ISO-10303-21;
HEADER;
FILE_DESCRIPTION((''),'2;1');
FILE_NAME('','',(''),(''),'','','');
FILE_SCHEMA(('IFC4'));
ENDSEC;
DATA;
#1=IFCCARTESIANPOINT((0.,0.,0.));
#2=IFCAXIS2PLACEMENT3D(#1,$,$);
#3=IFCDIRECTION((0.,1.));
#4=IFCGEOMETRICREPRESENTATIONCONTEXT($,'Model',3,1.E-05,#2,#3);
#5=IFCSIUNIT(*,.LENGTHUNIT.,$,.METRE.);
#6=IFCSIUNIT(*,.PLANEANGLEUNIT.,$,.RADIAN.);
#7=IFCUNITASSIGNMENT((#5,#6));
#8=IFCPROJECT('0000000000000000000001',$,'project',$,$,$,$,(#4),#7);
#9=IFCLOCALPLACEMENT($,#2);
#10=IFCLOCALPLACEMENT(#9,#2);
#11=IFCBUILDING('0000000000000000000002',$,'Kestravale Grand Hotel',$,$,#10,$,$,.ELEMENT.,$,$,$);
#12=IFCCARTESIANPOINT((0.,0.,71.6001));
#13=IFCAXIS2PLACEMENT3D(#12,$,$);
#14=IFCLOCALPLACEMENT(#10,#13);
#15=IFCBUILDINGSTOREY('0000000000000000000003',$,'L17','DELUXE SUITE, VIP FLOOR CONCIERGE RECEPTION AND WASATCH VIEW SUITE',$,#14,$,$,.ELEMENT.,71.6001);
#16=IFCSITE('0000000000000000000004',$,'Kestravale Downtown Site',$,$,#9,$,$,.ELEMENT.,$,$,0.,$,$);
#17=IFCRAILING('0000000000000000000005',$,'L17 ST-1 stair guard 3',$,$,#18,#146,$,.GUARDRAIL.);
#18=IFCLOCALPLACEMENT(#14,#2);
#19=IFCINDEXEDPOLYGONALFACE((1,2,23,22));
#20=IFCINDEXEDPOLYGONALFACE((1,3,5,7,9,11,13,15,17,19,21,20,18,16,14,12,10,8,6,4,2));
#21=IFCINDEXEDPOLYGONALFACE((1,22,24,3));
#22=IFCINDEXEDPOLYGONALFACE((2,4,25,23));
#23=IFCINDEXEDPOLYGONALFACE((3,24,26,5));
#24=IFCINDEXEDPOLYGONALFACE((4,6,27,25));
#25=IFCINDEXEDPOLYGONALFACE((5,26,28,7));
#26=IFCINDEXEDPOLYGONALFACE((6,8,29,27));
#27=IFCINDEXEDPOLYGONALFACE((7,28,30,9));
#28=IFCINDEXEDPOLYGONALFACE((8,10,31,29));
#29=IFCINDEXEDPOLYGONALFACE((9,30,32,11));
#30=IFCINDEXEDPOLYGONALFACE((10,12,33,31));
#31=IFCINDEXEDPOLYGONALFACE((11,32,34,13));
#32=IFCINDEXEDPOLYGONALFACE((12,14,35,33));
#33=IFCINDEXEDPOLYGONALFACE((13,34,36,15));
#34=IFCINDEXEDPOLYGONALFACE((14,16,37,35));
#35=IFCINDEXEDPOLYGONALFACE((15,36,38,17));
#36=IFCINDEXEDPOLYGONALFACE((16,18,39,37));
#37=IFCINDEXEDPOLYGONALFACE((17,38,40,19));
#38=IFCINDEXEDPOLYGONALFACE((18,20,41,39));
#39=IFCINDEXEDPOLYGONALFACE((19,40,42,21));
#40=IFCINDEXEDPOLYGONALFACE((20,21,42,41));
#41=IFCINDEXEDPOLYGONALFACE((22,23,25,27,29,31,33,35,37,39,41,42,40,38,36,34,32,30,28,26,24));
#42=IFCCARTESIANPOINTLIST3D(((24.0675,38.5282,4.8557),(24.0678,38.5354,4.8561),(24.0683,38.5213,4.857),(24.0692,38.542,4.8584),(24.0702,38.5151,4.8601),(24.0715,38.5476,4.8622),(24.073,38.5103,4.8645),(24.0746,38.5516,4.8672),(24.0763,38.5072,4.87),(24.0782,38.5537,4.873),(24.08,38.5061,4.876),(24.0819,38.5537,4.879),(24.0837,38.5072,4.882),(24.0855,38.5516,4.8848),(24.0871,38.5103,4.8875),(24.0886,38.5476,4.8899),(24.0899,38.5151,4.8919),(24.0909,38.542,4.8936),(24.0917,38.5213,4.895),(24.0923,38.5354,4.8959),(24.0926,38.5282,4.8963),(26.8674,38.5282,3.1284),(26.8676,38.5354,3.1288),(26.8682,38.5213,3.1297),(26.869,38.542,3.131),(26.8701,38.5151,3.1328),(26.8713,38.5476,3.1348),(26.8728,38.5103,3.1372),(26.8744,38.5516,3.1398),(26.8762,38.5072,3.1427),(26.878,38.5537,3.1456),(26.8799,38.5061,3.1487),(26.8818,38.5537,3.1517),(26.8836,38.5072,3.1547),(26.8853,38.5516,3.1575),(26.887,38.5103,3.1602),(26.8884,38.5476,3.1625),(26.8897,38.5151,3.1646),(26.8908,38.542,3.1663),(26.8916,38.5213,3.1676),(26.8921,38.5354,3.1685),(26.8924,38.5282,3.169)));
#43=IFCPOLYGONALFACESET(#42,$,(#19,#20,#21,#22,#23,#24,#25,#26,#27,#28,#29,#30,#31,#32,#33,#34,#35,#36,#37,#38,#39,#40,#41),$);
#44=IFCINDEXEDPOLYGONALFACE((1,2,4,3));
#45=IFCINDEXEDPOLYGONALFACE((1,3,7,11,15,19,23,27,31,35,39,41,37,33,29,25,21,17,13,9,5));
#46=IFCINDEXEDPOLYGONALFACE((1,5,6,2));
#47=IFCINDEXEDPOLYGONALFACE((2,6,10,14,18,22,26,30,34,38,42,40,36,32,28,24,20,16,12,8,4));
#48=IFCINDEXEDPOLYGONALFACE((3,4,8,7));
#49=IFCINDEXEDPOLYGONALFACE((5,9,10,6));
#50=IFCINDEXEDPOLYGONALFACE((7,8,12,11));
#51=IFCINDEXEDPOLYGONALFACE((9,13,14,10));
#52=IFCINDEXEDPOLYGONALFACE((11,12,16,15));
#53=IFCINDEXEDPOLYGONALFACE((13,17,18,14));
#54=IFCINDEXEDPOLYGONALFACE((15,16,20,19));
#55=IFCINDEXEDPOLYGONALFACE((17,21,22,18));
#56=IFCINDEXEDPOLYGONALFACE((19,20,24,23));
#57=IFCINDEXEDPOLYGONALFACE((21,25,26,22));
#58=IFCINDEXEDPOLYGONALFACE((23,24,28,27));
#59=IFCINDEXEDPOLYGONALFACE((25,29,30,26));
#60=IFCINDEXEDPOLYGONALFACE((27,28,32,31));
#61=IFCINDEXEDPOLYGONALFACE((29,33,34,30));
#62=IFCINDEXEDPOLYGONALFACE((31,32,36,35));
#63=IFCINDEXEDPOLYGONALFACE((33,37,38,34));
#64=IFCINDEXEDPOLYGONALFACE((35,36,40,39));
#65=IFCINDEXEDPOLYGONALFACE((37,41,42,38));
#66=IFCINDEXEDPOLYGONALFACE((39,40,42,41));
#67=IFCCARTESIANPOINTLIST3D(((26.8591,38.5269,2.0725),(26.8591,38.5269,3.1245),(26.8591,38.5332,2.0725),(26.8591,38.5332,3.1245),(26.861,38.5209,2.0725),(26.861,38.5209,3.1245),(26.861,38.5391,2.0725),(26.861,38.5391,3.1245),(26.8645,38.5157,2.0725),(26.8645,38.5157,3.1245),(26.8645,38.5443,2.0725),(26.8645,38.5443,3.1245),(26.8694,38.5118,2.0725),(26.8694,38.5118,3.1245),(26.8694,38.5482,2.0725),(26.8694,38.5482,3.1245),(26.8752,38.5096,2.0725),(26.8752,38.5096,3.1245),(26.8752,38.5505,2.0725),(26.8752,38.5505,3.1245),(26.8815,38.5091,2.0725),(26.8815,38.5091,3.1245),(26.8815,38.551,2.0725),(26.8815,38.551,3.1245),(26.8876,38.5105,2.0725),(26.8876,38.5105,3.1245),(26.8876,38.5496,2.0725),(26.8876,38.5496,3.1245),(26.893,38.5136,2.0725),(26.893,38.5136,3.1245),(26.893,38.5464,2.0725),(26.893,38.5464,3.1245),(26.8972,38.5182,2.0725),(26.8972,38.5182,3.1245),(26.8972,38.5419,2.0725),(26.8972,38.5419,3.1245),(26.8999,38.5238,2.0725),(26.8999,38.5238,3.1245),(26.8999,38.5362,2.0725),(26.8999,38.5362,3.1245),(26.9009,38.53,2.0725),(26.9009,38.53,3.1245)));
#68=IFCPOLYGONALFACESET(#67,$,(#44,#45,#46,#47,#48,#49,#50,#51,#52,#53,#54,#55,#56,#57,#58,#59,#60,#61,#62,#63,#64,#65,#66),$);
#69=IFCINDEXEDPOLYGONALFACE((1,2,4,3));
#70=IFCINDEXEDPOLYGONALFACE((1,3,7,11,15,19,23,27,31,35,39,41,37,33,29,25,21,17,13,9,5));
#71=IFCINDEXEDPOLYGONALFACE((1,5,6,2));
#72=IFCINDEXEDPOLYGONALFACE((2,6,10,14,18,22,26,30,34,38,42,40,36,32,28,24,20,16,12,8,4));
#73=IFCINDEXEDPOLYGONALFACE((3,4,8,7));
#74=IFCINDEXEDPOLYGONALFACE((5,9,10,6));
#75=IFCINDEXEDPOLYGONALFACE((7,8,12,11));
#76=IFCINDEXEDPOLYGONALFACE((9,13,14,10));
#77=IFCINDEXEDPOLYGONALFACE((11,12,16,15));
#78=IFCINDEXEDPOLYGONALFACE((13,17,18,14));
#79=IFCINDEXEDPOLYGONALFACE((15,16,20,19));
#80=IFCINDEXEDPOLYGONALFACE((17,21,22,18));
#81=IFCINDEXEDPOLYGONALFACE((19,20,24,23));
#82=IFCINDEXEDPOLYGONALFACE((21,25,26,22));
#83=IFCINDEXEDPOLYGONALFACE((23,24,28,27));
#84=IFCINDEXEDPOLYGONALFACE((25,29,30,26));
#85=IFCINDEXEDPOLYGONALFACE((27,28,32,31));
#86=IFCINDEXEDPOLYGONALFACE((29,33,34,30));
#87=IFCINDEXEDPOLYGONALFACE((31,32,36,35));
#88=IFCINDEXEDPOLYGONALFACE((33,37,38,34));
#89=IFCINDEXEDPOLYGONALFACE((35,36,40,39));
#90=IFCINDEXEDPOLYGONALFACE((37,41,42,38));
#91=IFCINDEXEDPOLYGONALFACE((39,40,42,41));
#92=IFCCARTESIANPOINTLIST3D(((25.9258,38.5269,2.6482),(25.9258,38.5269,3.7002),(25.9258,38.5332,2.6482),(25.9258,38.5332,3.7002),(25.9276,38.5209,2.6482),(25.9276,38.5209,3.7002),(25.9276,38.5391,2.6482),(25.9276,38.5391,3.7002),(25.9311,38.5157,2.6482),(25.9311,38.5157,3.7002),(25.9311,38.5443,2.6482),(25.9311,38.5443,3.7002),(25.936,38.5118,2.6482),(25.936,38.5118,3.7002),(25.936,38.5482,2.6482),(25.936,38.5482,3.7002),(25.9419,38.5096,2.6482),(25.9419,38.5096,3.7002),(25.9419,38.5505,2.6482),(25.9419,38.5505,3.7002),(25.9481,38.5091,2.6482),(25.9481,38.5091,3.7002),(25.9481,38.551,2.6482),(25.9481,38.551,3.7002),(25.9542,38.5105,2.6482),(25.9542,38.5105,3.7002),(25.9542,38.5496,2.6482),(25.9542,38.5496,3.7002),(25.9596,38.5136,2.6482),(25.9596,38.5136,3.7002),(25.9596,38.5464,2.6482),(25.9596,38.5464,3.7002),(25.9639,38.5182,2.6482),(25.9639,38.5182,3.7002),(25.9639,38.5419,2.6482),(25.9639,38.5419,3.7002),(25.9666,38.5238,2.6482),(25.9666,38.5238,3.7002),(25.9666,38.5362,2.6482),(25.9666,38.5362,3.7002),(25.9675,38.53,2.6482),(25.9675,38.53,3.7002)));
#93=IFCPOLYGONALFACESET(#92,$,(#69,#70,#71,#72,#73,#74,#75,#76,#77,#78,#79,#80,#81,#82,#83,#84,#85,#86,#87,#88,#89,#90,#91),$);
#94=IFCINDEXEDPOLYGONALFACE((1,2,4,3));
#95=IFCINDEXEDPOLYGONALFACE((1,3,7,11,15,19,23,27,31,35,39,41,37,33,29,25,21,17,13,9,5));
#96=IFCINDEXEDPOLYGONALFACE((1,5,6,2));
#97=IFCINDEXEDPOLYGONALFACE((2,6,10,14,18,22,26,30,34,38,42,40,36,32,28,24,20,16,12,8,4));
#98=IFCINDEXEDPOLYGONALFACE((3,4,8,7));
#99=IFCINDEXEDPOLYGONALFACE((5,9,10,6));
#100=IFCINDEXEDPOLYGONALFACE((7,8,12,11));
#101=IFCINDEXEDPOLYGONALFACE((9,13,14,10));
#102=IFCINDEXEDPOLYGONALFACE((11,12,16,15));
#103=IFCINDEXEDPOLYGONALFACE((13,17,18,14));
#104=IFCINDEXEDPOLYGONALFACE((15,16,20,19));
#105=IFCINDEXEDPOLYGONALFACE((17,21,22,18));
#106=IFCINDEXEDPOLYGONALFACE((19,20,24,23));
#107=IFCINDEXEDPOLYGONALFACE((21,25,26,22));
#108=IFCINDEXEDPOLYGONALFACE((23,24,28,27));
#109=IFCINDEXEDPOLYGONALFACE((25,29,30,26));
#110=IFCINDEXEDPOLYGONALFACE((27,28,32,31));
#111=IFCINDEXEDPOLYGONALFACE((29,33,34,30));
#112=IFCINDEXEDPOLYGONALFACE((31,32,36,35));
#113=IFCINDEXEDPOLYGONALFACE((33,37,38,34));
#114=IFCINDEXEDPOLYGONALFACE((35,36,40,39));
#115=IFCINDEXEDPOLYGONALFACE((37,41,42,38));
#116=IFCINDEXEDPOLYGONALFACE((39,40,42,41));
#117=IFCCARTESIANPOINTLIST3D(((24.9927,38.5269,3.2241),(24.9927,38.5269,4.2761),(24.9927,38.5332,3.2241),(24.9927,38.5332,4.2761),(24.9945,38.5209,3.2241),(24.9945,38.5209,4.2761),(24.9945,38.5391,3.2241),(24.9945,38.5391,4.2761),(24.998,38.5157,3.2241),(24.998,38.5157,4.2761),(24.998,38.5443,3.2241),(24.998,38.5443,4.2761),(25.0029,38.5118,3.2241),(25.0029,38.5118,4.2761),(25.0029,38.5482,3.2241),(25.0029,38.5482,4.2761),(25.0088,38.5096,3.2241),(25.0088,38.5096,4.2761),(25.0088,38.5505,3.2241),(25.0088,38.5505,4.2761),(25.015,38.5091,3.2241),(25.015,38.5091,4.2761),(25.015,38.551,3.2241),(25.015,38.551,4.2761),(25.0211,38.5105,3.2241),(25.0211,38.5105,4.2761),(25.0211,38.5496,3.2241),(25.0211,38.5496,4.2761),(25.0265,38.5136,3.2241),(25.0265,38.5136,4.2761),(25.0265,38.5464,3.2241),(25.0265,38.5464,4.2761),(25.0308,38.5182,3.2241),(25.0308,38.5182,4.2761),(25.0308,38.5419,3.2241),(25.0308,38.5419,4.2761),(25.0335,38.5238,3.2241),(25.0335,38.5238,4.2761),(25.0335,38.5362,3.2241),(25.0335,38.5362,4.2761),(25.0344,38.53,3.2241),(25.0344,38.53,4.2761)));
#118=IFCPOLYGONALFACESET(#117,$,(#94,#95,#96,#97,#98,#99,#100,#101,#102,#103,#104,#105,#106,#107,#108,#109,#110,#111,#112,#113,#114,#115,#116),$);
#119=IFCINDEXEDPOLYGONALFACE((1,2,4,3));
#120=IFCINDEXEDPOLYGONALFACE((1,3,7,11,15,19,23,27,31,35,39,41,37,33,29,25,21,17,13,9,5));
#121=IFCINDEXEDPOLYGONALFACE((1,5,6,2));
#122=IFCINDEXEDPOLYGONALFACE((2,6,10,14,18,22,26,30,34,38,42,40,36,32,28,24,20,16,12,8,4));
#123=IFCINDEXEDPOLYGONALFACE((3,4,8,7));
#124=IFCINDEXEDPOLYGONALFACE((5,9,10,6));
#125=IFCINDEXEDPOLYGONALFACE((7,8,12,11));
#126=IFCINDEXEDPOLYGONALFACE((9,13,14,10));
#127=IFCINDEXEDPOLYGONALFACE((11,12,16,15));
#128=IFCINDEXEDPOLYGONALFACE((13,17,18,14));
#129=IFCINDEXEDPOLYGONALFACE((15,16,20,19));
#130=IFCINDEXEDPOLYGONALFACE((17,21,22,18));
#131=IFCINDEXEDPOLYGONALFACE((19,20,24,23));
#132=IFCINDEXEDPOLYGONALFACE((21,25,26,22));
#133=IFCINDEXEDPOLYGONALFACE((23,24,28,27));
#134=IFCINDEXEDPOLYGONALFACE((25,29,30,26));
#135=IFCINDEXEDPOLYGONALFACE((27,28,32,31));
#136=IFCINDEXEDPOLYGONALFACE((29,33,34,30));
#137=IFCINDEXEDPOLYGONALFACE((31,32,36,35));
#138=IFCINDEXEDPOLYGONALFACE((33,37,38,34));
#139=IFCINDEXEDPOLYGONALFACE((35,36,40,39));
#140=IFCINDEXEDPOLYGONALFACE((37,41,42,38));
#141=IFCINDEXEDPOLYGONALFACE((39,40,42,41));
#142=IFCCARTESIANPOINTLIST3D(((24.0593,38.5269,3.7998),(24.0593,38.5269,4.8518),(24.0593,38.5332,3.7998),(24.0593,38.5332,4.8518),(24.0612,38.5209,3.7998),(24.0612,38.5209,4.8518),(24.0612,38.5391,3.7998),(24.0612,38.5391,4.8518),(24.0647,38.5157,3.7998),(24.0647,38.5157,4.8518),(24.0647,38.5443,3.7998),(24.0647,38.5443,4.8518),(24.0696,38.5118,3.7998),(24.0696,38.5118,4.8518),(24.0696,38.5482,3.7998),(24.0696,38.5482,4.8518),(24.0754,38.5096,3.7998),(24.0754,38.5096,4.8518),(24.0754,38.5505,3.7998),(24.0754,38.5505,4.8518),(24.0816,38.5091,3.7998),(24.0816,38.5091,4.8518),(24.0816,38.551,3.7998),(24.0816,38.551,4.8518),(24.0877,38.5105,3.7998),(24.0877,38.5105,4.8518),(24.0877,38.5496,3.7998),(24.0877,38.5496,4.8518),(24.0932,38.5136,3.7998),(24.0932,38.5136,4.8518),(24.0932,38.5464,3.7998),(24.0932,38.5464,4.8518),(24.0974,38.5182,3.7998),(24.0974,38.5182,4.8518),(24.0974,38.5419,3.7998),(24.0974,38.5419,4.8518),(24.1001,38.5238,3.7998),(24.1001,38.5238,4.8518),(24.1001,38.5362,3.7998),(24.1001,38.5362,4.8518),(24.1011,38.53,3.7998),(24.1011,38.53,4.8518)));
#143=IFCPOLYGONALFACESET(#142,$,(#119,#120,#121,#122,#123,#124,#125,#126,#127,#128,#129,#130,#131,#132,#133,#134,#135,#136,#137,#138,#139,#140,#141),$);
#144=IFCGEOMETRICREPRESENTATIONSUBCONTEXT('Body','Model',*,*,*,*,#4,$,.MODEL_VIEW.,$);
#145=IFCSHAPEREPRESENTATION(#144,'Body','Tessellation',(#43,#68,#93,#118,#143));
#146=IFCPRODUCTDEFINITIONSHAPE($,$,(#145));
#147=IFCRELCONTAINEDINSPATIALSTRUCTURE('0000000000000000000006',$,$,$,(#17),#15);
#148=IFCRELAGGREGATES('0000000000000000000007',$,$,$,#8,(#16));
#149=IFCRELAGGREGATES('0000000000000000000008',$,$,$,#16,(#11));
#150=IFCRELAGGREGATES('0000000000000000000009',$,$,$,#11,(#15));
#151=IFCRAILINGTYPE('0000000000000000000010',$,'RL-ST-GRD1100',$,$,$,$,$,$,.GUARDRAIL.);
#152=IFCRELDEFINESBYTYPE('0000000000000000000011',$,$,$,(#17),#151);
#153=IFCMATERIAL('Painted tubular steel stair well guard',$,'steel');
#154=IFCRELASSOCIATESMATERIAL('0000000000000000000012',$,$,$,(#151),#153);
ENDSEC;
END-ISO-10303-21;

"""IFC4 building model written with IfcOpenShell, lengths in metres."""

from ifc_helpers import new_model, si_unit, direction, frame, origin, origin_2d, place, context, subcontext, project, spatial, circle, extrude, material, type_object, element, save


model = new_model("IFC4")

# Units and contexts
model_context = context("Model", 3, precision=1e-05, world=origin(), true_north=direction((0.0, 1.0)))
body_context = subcontext(model_context, "Body", "Model", "MODEL_VIEW")
ifc_project = project(units=[si_unit("LENGTHUNIT", "METRE"), si_unit("PLANEANGLEUNIT", "RADIAN")], contexts=[model_context])

# Site, building, storey
site_placement = place(None, origin())
site = spatial("IfcSite", under=ifc_project, at=site_placement, Name="Kestravale Downtown Site", CompositionType="ELEMENT", RefElevation=0.0)
building_placement = place(site_placement, origin())
building = spatial("IfcBuilding", under=site, at=building_placement, Name="Kestravale Grand Hotel", CompositionType="ELEMENT")
storey_placement = place(building_placement, frame((0.0, 0.0, 71.6001)))
storey = spatial("IfcBuildingStorey", under=building, at=storey_placement, Name="L17", Description="DELUXE SUITE, VIP FLOOR CONCIERGE RECEPTION AND WASATCH VIEW SUITE", CompositionType="ELEMENT", Elevation=71.6001)

# Railing
ifc_material_1 = material(Name="Painted tubular steel stair well guard", Category="steel")
railing_type_1 = type_object("IfcRailingType", Name="RL-ST-GRD1100", PredefinedType="GUARDRAIL", material=ifc_material_1)
railing_1_placement = place(storey_placement, frame((26.8799, 38.53, 2.0725)))
element("IfcRailing", 1, at=railing_1_placement, inside=storey, type_object=railing_type_1, Name="L17 ST-1 stair guard 3", PredefinedType="GUARDRAIL", context=body_context, shape_type="SweptSolid", body=[
    extrude(circle(Radius=0.0239, at=origin_2d()), frame((0.0, 0.0, 1.0762), z_axis=(-0.851069, 0.0, 0.525054), x_axis=(0.0, -1.0, 0.0)), (0.0, 0.0, 1.0), 3.2898),
    extrude(circle(Radius=0.021, at=origin_2d()), origin(), (0.0, 0.0, 1.0), 1.052),
    extrude(circle(Radius=0.021, at=origin_2d()), frame((-0.9333, 0.0, 0.5757)), (0.0, 0.0, 1.0), 1.052),
    extrude(circle(Radius=0.021, at=origin_2d()), frame((-1.8665, 0.0, 1.1516)), (0.0, 0.0, 1.0), 1.052),
    extrude(circle(Radius=0.021, at=origin_2d()), frame((-2.7998, 0.0, 1.7273)), (0.0, 0.0, 1.0), 1.052),
])

save(model, "model.ifc")
